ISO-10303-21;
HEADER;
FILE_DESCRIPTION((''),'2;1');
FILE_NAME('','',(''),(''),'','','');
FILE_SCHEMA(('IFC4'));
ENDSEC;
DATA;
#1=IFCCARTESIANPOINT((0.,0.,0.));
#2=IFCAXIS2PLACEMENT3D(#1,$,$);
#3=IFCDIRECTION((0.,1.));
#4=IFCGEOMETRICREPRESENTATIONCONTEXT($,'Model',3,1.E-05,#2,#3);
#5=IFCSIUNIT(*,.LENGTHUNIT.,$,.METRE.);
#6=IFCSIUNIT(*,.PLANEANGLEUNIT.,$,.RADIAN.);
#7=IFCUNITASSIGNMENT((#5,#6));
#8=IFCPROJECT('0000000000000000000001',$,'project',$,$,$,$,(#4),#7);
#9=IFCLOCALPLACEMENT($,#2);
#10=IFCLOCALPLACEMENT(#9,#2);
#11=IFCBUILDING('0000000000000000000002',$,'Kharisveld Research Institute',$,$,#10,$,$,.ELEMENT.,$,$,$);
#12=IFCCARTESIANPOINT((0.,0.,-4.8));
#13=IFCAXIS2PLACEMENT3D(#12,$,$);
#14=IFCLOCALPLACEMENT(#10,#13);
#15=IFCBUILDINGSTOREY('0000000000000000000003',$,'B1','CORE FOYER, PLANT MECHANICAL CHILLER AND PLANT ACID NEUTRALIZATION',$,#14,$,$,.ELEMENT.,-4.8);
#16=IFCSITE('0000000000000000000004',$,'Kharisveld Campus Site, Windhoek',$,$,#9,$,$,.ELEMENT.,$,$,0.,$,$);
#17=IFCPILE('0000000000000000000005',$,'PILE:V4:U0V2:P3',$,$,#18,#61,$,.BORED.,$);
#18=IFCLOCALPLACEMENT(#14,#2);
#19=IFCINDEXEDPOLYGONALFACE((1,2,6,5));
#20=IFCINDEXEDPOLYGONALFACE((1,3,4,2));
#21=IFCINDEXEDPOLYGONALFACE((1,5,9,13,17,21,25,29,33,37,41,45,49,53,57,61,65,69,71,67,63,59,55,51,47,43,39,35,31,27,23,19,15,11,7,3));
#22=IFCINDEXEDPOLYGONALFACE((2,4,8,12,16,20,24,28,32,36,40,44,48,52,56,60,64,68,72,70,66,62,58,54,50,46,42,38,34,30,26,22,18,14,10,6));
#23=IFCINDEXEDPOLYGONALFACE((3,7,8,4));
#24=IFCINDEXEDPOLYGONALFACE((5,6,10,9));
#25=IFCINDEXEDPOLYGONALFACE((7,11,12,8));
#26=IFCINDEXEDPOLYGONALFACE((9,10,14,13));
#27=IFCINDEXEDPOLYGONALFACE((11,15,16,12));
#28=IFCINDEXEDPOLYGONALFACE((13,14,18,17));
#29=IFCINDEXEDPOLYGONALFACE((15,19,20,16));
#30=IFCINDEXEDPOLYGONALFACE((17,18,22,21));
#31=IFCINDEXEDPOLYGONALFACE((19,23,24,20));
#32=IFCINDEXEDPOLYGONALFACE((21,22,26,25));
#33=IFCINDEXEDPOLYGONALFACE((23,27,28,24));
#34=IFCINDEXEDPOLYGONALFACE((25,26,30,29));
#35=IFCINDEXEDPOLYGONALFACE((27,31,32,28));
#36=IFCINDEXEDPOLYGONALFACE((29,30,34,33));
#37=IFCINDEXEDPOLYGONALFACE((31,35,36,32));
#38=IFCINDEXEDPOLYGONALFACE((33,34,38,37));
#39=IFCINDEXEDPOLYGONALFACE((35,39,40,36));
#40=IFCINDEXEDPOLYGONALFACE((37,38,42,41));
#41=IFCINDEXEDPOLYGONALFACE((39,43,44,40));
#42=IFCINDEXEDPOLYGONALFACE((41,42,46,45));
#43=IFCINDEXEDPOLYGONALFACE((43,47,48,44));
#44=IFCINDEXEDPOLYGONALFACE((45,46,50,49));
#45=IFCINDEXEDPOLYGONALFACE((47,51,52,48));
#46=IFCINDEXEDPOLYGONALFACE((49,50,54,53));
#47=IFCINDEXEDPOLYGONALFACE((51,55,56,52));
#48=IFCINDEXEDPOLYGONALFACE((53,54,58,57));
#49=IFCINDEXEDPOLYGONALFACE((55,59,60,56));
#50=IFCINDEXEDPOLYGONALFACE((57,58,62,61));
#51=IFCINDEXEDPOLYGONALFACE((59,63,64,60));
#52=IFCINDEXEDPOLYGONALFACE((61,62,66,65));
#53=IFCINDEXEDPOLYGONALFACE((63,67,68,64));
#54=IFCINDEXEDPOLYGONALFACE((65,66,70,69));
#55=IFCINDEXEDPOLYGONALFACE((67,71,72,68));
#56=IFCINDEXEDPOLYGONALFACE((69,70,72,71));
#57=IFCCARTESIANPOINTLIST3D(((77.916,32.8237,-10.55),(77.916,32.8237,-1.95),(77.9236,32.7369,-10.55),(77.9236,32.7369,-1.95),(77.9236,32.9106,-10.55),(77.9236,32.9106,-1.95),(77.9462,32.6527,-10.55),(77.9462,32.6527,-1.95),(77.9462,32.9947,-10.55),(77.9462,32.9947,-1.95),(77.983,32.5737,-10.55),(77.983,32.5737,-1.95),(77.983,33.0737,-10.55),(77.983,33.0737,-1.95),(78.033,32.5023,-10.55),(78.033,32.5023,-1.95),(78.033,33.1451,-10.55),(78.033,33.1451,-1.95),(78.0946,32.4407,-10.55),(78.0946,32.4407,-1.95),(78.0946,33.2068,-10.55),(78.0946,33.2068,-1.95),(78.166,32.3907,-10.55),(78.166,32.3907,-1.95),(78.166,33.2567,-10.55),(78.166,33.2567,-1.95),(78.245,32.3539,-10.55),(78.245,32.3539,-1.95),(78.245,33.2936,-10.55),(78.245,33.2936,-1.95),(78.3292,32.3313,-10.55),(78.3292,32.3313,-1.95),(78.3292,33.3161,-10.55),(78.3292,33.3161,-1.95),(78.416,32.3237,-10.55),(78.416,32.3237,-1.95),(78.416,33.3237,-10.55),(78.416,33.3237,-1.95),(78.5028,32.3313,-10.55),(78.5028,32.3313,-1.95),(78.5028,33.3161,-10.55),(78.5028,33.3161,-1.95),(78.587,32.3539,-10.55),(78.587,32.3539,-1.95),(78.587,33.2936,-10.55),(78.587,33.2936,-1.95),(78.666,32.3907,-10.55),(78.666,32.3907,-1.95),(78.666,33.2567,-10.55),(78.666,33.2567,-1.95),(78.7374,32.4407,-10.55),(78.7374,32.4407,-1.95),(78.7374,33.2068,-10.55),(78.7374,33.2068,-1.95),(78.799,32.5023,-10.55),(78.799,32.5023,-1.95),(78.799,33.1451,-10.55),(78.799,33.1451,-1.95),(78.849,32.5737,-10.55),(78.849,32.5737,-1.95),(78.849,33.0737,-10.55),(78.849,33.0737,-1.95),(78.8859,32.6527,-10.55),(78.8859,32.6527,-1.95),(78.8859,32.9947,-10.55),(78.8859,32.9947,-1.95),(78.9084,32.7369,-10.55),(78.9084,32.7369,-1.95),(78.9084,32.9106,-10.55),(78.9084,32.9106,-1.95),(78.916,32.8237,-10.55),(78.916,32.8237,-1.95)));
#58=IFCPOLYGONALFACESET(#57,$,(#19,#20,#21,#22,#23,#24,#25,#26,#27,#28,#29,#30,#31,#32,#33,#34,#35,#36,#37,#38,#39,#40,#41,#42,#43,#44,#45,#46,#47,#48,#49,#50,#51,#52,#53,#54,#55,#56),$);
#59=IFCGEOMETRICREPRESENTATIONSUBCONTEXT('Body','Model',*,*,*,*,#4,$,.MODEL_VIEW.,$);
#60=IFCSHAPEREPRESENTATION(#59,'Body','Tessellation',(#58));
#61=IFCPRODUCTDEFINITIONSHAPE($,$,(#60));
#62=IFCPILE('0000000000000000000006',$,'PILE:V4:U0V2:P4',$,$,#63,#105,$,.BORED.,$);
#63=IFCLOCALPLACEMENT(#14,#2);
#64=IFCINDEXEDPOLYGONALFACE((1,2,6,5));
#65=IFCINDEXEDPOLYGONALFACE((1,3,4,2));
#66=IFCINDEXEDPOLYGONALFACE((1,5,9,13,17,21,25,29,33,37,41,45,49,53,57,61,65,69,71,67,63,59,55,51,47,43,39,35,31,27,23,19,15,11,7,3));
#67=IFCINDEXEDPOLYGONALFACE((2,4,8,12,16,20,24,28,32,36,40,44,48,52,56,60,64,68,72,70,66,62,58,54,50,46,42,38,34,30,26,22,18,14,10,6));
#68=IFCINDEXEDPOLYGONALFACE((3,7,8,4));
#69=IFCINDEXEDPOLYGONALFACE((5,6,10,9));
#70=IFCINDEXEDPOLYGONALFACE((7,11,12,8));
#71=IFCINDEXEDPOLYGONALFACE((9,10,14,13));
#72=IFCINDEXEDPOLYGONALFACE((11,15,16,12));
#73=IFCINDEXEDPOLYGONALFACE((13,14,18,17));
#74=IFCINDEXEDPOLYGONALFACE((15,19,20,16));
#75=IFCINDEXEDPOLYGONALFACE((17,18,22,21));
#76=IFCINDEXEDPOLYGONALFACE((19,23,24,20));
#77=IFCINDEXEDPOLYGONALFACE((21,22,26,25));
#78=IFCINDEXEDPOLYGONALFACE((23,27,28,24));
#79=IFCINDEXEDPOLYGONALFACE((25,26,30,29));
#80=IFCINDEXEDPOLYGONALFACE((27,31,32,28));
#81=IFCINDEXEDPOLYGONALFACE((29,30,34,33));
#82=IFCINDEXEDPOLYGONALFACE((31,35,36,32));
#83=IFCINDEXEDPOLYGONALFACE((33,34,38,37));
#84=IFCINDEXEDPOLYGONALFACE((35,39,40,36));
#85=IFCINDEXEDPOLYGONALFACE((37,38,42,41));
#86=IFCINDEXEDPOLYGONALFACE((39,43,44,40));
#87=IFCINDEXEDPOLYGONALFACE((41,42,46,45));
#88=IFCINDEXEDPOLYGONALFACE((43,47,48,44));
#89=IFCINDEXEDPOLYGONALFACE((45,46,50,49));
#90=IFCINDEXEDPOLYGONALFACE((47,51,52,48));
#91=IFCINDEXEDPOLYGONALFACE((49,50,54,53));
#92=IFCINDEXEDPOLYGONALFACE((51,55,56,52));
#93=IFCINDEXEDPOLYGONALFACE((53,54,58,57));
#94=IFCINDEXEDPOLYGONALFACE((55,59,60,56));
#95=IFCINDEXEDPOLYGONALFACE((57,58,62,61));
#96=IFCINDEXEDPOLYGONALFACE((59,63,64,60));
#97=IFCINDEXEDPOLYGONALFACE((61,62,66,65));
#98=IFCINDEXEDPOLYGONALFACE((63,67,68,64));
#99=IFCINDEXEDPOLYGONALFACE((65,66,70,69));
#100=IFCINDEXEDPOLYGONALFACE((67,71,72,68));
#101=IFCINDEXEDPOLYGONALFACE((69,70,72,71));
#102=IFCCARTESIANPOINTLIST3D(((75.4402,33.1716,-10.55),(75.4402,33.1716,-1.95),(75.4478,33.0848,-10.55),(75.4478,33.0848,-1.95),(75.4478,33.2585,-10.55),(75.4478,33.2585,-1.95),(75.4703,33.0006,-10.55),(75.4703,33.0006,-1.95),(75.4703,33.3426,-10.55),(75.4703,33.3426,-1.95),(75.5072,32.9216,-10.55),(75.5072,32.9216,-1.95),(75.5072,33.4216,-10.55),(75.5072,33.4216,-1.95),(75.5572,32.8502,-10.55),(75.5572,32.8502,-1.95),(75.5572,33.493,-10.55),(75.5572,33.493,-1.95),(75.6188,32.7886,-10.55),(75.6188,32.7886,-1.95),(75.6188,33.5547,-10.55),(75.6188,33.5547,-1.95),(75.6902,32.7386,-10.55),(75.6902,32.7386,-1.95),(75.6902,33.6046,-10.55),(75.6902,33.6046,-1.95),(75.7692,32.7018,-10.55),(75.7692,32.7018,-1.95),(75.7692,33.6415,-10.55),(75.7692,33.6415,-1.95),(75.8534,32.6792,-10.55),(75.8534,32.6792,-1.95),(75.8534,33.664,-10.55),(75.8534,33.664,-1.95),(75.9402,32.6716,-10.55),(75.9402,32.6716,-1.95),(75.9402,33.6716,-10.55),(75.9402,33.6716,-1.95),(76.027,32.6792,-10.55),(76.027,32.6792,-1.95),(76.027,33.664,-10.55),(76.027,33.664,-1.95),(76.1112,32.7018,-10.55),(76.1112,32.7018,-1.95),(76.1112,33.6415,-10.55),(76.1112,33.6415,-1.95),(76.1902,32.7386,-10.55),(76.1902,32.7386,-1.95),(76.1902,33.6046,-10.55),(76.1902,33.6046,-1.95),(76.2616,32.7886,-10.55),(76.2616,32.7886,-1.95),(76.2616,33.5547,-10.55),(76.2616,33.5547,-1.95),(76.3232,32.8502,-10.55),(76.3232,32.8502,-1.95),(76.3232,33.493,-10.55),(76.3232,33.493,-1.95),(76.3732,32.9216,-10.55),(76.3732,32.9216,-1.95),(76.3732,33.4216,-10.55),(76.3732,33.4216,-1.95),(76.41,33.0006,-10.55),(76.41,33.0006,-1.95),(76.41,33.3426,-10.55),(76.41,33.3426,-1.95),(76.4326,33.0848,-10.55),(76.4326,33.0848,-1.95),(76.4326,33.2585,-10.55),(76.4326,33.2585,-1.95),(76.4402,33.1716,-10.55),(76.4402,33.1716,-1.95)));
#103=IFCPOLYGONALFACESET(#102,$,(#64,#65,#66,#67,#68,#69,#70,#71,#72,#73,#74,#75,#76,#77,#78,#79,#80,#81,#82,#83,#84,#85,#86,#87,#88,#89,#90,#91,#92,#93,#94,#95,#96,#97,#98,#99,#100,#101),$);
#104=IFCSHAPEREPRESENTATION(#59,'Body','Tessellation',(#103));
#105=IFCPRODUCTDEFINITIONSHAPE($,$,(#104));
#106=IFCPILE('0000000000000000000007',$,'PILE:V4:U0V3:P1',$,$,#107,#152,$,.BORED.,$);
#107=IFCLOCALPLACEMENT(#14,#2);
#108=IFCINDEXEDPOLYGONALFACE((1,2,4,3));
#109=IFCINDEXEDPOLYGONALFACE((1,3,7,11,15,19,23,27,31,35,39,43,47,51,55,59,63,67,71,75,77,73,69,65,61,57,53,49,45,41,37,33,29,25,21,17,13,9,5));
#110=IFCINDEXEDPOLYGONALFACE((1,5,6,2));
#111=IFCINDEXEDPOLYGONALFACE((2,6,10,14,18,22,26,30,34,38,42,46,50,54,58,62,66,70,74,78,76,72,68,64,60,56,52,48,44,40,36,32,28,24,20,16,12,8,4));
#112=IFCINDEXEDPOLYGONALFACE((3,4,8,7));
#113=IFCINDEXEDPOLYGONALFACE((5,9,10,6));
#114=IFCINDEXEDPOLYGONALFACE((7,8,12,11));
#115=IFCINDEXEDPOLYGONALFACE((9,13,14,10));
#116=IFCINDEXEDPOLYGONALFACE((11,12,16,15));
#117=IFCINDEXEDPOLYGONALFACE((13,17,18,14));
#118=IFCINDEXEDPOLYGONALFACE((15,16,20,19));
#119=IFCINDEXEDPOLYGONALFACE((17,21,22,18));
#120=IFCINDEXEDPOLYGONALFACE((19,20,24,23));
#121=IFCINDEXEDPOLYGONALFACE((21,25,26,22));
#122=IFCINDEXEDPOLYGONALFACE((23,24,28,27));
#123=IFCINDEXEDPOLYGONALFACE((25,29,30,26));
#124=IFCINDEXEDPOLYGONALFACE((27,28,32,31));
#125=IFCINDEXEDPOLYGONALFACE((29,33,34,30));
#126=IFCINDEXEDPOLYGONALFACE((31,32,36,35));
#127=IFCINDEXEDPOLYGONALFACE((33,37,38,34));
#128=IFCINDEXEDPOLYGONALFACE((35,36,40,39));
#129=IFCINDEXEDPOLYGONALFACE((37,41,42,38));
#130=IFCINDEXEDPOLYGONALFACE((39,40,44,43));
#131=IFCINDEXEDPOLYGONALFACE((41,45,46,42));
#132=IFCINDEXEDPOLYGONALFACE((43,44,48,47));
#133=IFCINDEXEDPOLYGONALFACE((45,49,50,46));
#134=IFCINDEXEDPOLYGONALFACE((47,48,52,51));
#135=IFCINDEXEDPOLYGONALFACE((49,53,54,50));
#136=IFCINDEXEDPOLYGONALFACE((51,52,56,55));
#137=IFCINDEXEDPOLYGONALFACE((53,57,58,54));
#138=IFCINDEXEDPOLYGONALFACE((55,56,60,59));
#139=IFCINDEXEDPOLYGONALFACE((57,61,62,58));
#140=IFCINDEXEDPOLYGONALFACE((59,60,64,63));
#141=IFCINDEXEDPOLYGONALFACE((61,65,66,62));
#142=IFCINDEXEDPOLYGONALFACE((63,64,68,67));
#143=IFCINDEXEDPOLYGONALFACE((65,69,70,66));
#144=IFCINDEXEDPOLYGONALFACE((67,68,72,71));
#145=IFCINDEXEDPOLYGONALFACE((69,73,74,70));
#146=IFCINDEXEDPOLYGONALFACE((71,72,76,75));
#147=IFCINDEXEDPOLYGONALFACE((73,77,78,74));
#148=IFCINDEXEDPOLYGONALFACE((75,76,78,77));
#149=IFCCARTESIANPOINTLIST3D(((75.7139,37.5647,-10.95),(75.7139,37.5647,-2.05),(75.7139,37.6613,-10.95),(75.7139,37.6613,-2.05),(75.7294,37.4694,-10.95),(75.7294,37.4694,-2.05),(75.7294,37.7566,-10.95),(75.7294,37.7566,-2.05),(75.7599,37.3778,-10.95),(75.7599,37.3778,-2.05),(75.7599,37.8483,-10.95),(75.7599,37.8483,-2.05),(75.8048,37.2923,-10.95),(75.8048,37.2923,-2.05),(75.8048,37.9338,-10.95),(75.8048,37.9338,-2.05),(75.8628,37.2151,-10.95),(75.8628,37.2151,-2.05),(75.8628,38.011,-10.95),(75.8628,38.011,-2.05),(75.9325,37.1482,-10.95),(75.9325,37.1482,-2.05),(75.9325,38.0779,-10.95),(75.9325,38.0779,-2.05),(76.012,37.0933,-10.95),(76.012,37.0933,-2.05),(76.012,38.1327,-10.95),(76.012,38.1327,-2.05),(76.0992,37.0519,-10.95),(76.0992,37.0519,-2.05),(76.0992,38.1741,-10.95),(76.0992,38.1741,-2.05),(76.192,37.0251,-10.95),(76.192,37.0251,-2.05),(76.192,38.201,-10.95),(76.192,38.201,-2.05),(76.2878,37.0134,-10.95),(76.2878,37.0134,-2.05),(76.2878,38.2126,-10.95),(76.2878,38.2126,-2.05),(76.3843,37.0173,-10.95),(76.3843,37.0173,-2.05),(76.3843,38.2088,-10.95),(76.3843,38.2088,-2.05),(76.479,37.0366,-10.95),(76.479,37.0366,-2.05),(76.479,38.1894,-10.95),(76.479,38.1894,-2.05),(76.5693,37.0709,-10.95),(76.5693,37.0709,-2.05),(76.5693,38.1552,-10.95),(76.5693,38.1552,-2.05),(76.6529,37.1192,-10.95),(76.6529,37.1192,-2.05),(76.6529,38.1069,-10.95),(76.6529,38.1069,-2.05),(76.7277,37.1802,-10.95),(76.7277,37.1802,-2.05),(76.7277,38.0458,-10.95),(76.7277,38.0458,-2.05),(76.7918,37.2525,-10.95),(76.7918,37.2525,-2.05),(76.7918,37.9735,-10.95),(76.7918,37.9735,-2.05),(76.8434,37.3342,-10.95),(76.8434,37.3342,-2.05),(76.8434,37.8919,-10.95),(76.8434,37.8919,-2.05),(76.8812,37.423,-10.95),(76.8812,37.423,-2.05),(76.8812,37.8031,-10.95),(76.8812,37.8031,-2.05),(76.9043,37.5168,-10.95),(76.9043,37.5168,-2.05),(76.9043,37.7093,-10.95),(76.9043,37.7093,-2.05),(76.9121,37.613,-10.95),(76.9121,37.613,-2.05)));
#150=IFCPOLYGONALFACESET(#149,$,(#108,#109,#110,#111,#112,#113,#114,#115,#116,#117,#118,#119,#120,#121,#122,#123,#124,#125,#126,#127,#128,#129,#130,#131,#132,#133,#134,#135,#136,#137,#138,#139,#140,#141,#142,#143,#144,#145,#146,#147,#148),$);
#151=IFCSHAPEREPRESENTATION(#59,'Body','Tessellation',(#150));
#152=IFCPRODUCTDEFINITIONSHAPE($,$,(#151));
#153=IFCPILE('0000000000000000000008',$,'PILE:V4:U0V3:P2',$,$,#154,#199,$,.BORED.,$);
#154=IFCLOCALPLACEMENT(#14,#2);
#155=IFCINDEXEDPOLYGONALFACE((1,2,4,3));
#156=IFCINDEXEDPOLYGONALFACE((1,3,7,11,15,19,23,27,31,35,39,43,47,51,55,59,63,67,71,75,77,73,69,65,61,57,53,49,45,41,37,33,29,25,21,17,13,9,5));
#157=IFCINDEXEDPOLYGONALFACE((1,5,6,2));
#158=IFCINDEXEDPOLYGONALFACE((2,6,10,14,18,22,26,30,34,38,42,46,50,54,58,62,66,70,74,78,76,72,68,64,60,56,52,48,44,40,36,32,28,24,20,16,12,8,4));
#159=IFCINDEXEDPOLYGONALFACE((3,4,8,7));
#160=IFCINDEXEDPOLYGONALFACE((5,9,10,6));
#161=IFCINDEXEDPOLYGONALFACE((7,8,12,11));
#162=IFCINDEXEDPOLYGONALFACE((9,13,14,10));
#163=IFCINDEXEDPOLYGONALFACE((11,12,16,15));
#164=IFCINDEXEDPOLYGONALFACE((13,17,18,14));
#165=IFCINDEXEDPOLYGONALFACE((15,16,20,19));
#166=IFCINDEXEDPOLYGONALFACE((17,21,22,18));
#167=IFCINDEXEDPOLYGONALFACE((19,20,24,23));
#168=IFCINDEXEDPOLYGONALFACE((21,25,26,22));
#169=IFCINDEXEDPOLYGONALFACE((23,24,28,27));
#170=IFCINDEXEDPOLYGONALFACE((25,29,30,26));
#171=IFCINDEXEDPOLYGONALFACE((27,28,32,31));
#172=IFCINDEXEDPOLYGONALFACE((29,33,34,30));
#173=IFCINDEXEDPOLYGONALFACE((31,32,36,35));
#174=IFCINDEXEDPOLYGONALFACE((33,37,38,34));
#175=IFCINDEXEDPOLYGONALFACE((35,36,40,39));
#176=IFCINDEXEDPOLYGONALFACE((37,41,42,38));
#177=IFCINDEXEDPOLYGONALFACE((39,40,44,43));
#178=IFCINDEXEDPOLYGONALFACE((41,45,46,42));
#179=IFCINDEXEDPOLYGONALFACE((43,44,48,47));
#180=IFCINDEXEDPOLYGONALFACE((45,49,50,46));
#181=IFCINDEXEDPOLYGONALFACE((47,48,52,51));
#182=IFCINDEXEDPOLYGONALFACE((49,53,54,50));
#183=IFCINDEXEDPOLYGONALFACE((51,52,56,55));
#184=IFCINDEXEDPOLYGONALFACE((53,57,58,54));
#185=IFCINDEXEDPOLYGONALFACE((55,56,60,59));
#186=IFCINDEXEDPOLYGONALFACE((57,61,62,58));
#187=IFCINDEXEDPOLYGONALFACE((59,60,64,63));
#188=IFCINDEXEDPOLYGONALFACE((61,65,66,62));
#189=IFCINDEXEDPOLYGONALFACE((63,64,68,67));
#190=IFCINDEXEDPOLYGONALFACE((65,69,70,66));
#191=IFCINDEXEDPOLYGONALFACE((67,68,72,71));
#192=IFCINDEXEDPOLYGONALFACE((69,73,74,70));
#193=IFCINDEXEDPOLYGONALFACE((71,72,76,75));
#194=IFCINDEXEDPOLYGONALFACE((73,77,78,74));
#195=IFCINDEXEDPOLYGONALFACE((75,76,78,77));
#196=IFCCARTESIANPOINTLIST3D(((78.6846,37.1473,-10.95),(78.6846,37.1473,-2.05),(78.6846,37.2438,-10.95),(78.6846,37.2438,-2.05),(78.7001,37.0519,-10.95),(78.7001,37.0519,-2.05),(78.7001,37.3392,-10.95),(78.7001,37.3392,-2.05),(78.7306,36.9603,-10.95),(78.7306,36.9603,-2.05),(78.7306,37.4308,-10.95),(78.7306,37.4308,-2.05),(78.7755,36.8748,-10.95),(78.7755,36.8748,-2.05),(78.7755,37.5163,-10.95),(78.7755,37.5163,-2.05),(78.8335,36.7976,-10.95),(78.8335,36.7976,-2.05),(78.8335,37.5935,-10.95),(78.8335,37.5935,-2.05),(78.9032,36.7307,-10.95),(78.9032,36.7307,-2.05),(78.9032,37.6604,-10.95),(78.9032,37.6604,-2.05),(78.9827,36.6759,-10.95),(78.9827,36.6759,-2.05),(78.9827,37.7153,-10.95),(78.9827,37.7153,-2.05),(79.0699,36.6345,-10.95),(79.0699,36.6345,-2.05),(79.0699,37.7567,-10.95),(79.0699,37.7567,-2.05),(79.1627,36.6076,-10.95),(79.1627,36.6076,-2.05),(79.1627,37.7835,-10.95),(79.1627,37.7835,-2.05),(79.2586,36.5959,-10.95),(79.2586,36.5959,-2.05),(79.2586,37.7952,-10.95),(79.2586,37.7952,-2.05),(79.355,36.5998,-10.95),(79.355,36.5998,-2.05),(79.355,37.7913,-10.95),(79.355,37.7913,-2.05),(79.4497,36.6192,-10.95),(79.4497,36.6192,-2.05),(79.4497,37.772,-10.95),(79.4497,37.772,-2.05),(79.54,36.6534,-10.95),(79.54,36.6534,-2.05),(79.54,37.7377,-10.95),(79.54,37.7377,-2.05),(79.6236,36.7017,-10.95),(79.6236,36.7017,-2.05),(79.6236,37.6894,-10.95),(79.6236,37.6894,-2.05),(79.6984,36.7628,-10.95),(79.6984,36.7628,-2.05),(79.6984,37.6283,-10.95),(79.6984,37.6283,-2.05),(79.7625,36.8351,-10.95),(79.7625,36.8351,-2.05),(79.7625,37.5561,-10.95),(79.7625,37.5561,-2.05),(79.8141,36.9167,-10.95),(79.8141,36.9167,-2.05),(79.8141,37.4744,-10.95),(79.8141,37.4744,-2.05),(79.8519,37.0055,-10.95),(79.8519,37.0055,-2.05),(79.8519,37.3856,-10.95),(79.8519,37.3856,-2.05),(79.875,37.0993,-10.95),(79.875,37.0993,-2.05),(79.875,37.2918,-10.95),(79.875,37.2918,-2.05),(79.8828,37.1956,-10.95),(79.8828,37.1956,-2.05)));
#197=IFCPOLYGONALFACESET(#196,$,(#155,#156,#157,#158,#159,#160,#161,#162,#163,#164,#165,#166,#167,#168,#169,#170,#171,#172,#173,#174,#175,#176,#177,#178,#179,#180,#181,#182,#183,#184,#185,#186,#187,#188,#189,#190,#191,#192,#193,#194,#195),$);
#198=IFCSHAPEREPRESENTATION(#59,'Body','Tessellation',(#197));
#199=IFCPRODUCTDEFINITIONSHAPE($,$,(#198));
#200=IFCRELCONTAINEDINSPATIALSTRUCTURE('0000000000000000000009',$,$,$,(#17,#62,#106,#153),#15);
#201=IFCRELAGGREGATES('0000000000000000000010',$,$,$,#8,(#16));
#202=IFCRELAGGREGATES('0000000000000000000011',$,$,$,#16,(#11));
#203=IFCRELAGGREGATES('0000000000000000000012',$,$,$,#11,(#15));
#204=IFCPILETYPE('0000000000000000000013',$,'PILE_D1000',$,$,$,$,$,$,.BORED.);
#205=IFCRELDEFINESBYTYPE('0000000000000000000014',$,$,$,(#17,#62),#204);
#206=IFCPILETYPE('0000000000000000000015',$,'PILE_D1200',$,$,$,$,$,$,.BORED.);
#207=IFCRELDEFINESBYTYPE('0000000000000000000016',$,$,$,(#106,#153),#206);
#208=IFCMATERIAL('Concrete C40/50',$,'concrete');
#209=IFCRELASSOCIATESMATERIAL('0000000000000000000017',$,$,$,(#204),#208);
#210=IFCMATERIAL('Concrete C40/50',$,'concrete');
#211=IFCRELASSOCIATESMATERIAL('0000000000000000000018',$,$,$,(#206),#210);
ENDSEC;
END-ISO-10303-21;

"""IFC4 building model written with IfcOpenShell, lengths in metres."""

from ifc_helpers import new_model, si_unit, direction, frame, origin, origin_2d, place, context, subcontext, project, spatial, circle, extrude, material, material_profile, profile_set, type_object, element, save


model = new_model("IFC4")

# Units and contexts
model_context = context("Model", 3, precision=1e-05, world=origin(), true_north=direction((0.0, 1.0)))
body_context = subcontext(model_context, "Body", "Model", "MODEL_VIEW")
ifc_project = project(units=[si_unit("LENGTHUNIT", "METRE"), si_unit("PLANEANGLEUNIT", "RADIAN")], contexts=[model_context])

# Site, building, storey
site_placement = place(None, origin())
site = spatial("IfcSite", under=ifc_project, at=site_placement, Name="Kharisveld Campus Site, Windhoek", CompositionType="ELEMENT", RefElevation=0.0)
building_placement = place(site_placement, origin())
building = spatial("IfcBuilding", under=site, at=building_placement, Name="Kharisveld Research Institute", CompositionType="ELEMENT")
storey_placement = place(building_placement, frame((0.0, 0.0, -4.8)))
storey = spatial("IfcBuildingStorey", under=building, at=storey_placement, Name="B1", Description="CORE FOYER, PLANT MECHANICAL CHILLER AND PLANT ACID NEUTRALIZATION", CompositionType="ELEMENT", Elevation=-4.8)

# Piles
ifc_material_1 = material(Name="Concrete C40/50", Category="concrete")
ifc_material_profile_1 = material_profile(ifc_material_1, circle(Radius=0.5, at=origin_2d()))
ifc_profile_set_1 = profile_set([ifc_material_profile_1], Name="Concrete C40/50")
pile_type_1 = type_object("IfcPileType", Name="PILE_D1000", PredefinedType="BORED", material=ifc_profile_set_1)
for number, where, z_axis, x_axis, name in (
    (1, (78.416, 32.8237, -1.95), (0.0, 0.0, -1.0), (1.0, 0.0, 0.0), "PILE:V4:U0V2:P3"),
    (2, (75.9402, 33.1716, -1.95), (0.0, 0.0, -1.0), (1.0, 0.0, 0.0), "PILE:V4:U0V2:P4"),
):
    element("IfcPile", number, at=place(storey_placement, frame(where, z_axis=z_axis, x_axis=x_axis)), inside=storey, type_object=pile_type_1, Name=name, PredefinedType="BORED", context=body_context, shape_type="SweptSolid", body=[
        extrude(circle(Radius=0.5, at=origin_2d()), origin(), (0.0, 0.0, 1.0), 8.6001),
    ])
ifc_material_2 = material(Name="Concrete C40/50", Category="concrete")
ifc_material_profile_2 = material_profile(ifc_material_2, circle(Radius=0.6001, at=origin_2d()))
ifc_profile_set_2 = profile_set([ifc_material_profile_2], Name="Concrete C40/50")
pile_type_2 = type_object("IfcPileType", Name="PILE_D1200", PredefinedType="BORED", material=ifc_profile_set_2)
for number, where, z_axis, x_axis, name in (
    (3, (76.312, 37.613, -2.05), (0.0, 0.0, -1.0), (1.0, 0.0, 0.0), "PILE:V4:U0V3:P1"),
    (4, (79.2827, 37.1956, -2.05), (0.0, 0.0, -1.0), (1.0, 0.0, 0.0), "PILE:V4:U0V3:P2"),
):
    element("IfcPile", number, at=place(storey_placement, frame(where, z_axis=z_axis, x_axis=x_axis)), inside=storey, type_object=pile_type_2, Name=name, PredefinedType="BORED", context=body_context, shape_type="SweptSolid", body=[
        extrude(circle(Radius=0.6001, at=origin_2d()), origin(), (0.0, 0.0, 1.0), 8.8999),
    ])

save(model, "model.ifc")
